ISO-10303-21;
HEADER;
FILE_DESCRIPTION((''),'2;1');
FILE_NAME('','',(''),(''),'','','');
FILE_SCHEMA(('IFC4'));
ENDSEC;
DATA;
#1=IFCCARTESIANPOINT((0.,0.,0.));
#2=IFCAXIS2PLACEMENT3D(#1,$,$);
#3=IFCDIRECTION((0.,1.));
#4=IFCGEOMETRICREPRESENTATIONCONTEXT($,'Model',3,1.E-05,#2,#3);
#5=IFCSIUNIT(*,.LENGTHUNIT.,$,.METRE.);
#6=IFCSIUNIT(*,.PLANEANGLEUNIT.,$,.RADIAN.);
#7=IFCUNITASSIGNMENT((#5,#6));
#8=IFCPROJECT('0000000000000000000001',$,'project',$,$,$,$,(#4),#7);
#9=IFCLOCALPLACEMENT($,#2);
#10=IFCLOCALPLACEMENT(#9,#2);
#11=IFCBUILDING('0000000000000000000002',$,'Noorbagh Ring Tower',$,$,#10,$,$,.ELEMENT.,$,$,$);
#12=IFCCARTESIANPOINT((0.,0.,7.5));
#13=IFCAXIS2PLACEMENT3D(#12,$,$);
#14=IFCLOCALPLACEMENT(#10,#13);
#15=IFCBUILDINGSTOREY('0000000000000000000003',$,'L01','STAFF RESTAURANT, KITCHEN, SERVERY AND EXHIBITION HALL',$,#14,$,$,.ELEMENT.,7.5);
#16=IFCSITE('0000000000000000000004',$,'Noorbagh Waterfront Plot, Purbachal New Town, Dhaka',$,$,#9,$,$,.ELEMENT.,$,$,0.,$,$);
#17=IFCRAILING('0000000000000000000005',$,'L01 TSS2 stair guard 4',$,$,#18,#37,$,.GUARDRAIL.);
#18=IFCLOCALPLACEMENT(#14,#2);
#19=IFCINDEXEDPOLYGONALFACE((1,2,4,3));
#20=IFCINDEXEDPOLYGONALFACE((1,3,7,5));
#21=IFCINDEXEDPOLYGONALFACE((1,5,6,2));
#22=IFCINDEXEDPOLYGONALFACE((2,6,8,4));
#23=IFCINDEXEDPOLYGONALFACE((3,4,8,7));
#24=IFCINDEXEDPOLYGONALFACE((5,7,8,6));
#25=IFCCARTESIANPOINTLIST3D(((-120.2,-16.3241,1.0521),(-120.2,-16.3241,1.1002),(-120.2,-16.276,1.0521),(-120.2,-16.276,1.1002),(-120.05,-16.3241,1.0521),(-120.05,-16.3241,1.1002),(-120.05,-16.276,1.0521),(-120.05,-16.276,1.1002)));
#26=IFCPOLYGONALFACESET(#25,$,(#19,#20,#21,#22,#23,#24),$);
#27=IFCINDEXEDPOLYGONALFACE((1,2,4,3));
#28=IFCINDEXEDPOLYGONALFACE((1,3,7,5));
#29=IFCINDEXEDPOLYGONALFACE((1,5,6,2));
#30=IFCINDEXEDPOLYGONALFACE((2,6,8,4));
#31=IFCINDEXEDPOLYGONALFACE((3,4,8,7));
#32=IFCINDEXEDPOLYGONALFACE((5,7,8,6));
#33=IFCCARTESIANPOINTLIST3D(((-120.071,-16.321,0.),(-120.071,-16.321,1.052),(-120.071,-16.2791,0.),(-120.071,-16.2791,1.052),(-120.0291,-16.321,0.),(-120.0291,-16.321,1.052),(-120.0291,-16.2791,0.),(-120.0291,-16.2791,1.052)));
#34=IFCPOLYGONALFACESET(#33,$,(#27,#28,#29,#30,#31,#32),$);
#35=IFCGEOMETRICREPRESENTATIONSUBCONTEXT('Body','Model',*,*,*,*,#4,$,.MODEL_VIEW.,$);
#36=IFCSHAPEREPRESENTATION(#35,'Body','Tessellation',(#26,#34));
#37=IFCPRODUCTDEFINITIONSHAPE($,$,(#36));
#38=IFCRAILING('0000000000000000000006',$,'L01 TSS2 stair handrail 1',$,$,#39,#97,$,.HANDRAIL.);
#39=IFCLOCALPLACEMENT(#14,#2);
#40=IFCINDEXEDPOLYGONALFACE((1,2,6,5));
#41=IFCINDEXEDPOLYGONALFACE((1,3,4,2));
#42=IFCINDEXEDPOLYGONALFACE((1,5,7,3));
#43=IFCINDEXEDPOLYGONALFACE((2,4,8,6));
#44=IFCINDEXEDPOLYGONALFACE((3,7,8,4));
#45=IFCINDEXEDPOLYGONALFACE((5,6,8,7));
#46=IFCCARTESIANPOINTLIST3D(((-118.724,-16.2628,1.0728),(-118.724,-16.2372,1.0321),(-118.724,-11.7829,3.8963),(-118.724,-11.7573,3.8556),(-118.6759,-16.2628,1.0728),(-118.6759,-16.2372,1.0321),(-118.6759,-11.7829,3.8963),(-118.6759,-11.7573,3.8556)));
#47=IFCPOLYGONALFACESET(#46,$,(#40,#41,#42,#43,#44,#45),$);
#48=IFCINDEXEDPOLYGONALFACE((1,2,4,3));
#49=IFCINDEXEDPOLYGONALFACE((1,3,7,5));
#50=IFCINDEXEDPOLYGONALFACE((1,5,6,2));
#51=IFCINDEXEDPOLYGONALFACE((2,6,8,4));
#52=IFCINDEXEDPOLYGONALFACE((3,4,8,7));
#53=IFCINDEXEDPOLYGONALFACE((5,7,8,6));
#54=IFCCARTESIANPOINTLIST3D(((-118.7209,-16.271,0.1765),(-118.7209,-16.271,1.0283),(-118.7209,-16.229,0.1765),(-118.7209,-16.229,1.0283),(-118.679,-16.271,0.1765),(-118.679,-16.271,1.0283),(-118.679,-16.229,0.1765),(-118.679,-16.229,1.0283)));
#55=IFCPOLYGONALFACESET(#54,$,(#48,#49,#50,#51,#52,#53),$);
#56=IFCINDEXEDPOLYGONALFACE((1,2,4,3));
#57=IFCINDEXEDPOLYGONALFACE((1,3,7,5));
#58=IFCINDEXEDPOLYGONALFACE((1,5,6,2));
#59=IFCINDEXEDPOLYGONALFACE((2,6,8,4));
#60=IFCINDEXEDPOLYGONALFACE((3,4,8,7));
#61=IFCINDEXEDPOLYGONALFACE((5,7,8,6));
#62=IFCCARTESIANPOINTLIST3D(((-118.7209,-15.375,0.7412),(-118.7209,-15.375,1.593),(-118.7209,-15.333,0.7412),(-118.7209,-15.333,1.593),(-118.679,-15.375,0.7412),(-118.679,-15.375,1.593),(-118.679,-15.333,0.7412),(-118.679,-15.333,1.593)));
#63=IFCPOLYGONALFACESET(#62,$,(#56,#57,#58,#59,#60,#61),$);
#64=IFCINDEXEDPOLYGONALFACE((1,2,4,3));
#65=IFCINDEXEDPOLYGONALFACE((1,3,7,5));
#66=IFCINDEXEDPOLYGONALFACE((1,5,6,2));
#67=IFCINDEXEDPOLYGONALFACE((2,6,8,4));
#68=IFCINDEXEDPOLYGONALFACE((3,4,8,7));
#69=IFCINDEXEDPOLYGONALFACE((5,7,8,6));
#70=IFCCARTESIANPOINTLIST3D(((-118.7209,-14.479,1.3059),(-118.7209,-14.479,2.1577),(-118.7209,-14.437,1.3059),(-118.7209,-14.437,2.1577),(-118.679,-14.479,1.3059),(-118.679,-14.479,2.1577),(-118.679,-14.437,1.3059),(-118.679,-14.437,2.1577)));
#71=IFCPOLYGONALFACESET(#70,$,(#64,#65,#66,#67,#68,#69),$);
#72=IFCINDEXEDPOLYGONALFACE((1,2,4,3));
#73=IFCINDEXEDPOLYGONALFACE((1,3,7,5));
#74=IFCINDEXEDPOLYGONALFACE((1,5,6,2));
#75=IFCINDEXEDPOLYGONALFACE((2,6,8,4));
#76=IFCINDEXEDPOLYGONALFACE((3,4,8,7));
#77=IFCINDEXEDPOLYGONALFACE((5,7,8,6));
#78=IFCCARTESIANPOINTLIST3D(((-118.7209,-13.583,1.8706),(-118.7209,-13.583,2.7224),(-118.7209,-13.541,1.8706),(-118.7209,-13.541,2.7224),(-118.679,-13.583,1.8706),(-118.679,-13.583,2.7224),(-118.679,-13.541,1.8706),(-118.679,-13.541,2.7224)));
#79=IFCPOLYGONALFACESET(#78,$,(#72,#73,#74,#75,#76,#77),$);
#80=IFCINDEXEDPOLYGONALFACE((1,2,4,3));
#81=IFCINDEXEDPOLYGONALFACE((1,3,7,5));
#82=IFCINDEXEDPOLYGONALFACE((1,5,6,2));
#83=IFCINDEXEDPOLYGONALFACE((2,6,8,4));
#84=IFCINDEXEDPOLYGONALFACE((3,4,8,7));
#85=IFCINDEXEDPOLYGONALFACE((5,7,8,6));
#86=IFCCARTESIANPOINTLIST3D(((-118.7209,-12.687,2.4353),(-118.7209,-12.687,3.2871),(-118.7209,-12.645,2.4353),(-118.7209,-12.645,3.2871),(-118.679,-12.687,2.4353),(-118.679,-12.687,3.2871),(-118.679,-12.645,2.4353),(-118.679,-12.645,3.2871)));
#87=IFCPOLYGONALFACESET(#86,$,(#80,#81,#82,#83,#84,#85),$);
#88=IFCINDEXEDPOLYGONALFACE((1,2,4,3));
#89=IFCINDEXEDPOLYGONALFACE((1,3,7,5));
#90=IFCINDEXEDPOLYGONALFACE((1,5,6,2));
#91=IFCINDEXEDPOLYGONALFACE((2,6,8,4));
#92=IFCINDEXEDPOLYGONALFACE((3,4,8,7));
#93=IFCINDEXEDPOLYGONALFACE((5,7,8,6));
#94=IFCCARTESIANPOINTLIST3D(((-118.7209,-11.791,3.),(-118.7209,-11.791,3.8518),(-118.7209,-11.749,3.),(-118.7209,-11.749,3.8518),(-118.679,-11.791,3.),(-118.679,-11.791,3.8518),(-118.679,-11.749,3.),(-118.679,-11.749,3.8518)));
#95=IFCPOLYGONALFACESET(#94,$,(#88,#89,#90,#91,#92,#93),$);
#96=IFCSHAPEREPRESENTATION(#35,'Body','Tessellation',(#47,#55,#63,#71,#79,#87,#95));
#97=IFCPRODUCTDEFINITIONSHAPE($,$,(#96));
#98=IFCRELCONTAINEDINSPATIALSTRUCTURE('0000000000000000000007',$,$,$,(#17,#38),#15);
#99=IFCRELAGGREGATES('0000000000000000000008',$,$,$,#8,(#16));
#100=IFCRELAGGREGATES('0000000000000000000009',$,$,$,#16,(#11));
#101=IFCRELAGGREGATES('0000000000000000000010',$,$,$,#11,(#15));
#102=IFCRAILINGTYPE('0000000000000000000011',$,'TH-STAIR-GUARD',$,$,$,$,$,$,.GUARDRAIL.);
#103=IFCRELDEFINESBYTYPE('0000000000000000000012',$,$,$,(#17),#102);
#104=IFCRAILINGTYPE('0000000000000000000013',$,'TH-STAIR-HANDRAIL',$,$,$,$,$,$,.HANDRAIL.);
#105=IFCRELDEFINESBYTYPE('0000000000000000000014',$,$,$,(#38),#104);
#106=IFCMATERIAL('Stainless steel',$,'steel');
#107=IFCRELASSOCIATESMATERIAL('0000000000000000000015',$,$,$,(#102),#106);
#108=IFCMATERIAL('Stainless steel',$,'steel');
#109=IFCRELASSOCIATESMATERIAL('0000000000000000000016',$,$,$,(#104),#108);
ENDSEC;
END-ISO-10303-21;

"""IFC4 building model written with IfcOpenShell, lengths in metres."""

from ifc_helpers import new_model, si_unit, direction, frame, origin, origin_2d, place, context, subcontext, project, spatial, rectangle, extrude, material, type_object, element, save


model = new_model("IFC4")

# Units and contexts
model_context = context("Model", 3, precision=1e-05, world=origin(), true_north=direction((0.0, 1.0)))
body_context = subcontext(model_context, "Body", "Model", "MODEL_VIEW")
ifc_project = project(units=[si_unit("LENGTHUNIT", "METRE"), si_unit("PLANEANGLEUNIT", "RADIAN")], contexts=[model_context])

# Site, building, storey
site_placement = place(None, origin())
site = spatial("IfcSite", under=ifc_project, at=site_placement, Name="Noorbagh Waterfront Plot, Purbachal New Town, Dhaka", CompositionType="ELEMENT", RefElevation=0.0)
building_placement = place(site_placement, origin())
building = spatial("IfcBuilding", under=site, at=building_placement, Name="Noorbagh Ring Tower", CompositionType="ELEMENT")
storey_placement = place(building_placement, frame((0.0, 0.0, 7.5)))
storey = spatial("IfcBuildingStorey", under=building, at=storey_placement, Name="L01", Description="STAFF RESTAURANT, KITCHEN, SERVERY AND EXHIBITION HALL", CompositionType="ELEMENT", Elevation=7.5)

# Railings
ifc_material_1 = material(Name="Stainless steel", Category="steel")
railing_type_1 = type_object("IfcRailingType", Name="TH-STAIR-GUARD", PredefinedType="GUARDRAIL", material=ifc_material_1)
for number, where, name in (
    (1, (-120.05, -16.3, 0.0), "L01 TSS2 stair guard 4"),
):
    element("IfcRailing", number, at=place(storey_placement, frame(where)), inside=storey, type_object=railing_type_1, Name=name, PredefinedType="GUARDRAIL", context=body_context, shape_type="SweptSolid", body=[
        extrude(rectangle(XDim=0.0481, YDim=0.0481, at=origin_2d()), frame((0.0, 0.0, 1.0762), z_axis=(-1.0, 0.0, 0.0), x_axis=(0.0, -1.0, 0.0)), (0.0, 0.0, 1.0), 0.1499),
        extrude(rectangle(XDim=0.042, YDim=0.042, at=origin_2d()), origin(), (0.0, 0.0, 1.0), 1.052),
    ])
ifc_material_2 = material(Name="Stainless steel", Category="steel")
railing_type_2 = type_object("IfcRailingType", Name="TH-STAIR-HANDRAIL", PredefinedType="HANDRAIL", material=ifc_material_2)
railing_1_placement = place(storey_placement, frame((-118.7, -16.25, 0.1765)))
element("IfcRailing", 2, at=railing_1_placement, inside=storey, type_object=railing_type_2, Name="L01 TSS2 stair handrail 1", PredefinedType="HANDRAIL", context=body_context, shape_type="SweptSolid", body=[
    extrude(rectangle(XDim=0.0481, YDim=0.0481, at=origin_2d()), frame((0.0, 0.0, 0.876), z_axis=(0.0, 0.845998, 0.533186), x_axis=(-1.0, 0.0, 0.0)), (0.0, 0.0, 1.0), 5.2954),
    extrude(rectangle(XDim=0.042, YDim=0.042, at=origin_2d()), origin(), (0.0, 0.0, 1.0), 0.8518),
    extrude(rectangle(XDim=0.042, YDim=0.042, at=origin_2d()), frame((0.0, 0.896, 0.5647)), (0.0, 0.0, 1.0), 0.8518),
    extrude(rectangle(XDim=0.042, YDim=0.042, at=origin_2d()), frame((0.0, 1.792, 1.1294)), (0.0, 0.0, 1.0), 0.8518),
    extrude(rectangle(XDim=0.042, YDim=0.042, at=origin_2d()), frame((0.0, 2.688, 1.6941)), (0.0, 0.0, 1.0), 0.8518),
    extrude(rectangle(XDim=0.042, YDim=0.042, at=origin_2d()), frame((0.0, 3.584, 2.2588)), (0.0, 0.0, 1.0), 0.8518),
    extrude(rectangle(XDim=0.042, YDim=0.042, at=origin_2d()), frame((0.0, 4.48, 2.8235)), (0.0, 0.0, 1.0), 0.8518),
])

save(model, "model.ifc")
